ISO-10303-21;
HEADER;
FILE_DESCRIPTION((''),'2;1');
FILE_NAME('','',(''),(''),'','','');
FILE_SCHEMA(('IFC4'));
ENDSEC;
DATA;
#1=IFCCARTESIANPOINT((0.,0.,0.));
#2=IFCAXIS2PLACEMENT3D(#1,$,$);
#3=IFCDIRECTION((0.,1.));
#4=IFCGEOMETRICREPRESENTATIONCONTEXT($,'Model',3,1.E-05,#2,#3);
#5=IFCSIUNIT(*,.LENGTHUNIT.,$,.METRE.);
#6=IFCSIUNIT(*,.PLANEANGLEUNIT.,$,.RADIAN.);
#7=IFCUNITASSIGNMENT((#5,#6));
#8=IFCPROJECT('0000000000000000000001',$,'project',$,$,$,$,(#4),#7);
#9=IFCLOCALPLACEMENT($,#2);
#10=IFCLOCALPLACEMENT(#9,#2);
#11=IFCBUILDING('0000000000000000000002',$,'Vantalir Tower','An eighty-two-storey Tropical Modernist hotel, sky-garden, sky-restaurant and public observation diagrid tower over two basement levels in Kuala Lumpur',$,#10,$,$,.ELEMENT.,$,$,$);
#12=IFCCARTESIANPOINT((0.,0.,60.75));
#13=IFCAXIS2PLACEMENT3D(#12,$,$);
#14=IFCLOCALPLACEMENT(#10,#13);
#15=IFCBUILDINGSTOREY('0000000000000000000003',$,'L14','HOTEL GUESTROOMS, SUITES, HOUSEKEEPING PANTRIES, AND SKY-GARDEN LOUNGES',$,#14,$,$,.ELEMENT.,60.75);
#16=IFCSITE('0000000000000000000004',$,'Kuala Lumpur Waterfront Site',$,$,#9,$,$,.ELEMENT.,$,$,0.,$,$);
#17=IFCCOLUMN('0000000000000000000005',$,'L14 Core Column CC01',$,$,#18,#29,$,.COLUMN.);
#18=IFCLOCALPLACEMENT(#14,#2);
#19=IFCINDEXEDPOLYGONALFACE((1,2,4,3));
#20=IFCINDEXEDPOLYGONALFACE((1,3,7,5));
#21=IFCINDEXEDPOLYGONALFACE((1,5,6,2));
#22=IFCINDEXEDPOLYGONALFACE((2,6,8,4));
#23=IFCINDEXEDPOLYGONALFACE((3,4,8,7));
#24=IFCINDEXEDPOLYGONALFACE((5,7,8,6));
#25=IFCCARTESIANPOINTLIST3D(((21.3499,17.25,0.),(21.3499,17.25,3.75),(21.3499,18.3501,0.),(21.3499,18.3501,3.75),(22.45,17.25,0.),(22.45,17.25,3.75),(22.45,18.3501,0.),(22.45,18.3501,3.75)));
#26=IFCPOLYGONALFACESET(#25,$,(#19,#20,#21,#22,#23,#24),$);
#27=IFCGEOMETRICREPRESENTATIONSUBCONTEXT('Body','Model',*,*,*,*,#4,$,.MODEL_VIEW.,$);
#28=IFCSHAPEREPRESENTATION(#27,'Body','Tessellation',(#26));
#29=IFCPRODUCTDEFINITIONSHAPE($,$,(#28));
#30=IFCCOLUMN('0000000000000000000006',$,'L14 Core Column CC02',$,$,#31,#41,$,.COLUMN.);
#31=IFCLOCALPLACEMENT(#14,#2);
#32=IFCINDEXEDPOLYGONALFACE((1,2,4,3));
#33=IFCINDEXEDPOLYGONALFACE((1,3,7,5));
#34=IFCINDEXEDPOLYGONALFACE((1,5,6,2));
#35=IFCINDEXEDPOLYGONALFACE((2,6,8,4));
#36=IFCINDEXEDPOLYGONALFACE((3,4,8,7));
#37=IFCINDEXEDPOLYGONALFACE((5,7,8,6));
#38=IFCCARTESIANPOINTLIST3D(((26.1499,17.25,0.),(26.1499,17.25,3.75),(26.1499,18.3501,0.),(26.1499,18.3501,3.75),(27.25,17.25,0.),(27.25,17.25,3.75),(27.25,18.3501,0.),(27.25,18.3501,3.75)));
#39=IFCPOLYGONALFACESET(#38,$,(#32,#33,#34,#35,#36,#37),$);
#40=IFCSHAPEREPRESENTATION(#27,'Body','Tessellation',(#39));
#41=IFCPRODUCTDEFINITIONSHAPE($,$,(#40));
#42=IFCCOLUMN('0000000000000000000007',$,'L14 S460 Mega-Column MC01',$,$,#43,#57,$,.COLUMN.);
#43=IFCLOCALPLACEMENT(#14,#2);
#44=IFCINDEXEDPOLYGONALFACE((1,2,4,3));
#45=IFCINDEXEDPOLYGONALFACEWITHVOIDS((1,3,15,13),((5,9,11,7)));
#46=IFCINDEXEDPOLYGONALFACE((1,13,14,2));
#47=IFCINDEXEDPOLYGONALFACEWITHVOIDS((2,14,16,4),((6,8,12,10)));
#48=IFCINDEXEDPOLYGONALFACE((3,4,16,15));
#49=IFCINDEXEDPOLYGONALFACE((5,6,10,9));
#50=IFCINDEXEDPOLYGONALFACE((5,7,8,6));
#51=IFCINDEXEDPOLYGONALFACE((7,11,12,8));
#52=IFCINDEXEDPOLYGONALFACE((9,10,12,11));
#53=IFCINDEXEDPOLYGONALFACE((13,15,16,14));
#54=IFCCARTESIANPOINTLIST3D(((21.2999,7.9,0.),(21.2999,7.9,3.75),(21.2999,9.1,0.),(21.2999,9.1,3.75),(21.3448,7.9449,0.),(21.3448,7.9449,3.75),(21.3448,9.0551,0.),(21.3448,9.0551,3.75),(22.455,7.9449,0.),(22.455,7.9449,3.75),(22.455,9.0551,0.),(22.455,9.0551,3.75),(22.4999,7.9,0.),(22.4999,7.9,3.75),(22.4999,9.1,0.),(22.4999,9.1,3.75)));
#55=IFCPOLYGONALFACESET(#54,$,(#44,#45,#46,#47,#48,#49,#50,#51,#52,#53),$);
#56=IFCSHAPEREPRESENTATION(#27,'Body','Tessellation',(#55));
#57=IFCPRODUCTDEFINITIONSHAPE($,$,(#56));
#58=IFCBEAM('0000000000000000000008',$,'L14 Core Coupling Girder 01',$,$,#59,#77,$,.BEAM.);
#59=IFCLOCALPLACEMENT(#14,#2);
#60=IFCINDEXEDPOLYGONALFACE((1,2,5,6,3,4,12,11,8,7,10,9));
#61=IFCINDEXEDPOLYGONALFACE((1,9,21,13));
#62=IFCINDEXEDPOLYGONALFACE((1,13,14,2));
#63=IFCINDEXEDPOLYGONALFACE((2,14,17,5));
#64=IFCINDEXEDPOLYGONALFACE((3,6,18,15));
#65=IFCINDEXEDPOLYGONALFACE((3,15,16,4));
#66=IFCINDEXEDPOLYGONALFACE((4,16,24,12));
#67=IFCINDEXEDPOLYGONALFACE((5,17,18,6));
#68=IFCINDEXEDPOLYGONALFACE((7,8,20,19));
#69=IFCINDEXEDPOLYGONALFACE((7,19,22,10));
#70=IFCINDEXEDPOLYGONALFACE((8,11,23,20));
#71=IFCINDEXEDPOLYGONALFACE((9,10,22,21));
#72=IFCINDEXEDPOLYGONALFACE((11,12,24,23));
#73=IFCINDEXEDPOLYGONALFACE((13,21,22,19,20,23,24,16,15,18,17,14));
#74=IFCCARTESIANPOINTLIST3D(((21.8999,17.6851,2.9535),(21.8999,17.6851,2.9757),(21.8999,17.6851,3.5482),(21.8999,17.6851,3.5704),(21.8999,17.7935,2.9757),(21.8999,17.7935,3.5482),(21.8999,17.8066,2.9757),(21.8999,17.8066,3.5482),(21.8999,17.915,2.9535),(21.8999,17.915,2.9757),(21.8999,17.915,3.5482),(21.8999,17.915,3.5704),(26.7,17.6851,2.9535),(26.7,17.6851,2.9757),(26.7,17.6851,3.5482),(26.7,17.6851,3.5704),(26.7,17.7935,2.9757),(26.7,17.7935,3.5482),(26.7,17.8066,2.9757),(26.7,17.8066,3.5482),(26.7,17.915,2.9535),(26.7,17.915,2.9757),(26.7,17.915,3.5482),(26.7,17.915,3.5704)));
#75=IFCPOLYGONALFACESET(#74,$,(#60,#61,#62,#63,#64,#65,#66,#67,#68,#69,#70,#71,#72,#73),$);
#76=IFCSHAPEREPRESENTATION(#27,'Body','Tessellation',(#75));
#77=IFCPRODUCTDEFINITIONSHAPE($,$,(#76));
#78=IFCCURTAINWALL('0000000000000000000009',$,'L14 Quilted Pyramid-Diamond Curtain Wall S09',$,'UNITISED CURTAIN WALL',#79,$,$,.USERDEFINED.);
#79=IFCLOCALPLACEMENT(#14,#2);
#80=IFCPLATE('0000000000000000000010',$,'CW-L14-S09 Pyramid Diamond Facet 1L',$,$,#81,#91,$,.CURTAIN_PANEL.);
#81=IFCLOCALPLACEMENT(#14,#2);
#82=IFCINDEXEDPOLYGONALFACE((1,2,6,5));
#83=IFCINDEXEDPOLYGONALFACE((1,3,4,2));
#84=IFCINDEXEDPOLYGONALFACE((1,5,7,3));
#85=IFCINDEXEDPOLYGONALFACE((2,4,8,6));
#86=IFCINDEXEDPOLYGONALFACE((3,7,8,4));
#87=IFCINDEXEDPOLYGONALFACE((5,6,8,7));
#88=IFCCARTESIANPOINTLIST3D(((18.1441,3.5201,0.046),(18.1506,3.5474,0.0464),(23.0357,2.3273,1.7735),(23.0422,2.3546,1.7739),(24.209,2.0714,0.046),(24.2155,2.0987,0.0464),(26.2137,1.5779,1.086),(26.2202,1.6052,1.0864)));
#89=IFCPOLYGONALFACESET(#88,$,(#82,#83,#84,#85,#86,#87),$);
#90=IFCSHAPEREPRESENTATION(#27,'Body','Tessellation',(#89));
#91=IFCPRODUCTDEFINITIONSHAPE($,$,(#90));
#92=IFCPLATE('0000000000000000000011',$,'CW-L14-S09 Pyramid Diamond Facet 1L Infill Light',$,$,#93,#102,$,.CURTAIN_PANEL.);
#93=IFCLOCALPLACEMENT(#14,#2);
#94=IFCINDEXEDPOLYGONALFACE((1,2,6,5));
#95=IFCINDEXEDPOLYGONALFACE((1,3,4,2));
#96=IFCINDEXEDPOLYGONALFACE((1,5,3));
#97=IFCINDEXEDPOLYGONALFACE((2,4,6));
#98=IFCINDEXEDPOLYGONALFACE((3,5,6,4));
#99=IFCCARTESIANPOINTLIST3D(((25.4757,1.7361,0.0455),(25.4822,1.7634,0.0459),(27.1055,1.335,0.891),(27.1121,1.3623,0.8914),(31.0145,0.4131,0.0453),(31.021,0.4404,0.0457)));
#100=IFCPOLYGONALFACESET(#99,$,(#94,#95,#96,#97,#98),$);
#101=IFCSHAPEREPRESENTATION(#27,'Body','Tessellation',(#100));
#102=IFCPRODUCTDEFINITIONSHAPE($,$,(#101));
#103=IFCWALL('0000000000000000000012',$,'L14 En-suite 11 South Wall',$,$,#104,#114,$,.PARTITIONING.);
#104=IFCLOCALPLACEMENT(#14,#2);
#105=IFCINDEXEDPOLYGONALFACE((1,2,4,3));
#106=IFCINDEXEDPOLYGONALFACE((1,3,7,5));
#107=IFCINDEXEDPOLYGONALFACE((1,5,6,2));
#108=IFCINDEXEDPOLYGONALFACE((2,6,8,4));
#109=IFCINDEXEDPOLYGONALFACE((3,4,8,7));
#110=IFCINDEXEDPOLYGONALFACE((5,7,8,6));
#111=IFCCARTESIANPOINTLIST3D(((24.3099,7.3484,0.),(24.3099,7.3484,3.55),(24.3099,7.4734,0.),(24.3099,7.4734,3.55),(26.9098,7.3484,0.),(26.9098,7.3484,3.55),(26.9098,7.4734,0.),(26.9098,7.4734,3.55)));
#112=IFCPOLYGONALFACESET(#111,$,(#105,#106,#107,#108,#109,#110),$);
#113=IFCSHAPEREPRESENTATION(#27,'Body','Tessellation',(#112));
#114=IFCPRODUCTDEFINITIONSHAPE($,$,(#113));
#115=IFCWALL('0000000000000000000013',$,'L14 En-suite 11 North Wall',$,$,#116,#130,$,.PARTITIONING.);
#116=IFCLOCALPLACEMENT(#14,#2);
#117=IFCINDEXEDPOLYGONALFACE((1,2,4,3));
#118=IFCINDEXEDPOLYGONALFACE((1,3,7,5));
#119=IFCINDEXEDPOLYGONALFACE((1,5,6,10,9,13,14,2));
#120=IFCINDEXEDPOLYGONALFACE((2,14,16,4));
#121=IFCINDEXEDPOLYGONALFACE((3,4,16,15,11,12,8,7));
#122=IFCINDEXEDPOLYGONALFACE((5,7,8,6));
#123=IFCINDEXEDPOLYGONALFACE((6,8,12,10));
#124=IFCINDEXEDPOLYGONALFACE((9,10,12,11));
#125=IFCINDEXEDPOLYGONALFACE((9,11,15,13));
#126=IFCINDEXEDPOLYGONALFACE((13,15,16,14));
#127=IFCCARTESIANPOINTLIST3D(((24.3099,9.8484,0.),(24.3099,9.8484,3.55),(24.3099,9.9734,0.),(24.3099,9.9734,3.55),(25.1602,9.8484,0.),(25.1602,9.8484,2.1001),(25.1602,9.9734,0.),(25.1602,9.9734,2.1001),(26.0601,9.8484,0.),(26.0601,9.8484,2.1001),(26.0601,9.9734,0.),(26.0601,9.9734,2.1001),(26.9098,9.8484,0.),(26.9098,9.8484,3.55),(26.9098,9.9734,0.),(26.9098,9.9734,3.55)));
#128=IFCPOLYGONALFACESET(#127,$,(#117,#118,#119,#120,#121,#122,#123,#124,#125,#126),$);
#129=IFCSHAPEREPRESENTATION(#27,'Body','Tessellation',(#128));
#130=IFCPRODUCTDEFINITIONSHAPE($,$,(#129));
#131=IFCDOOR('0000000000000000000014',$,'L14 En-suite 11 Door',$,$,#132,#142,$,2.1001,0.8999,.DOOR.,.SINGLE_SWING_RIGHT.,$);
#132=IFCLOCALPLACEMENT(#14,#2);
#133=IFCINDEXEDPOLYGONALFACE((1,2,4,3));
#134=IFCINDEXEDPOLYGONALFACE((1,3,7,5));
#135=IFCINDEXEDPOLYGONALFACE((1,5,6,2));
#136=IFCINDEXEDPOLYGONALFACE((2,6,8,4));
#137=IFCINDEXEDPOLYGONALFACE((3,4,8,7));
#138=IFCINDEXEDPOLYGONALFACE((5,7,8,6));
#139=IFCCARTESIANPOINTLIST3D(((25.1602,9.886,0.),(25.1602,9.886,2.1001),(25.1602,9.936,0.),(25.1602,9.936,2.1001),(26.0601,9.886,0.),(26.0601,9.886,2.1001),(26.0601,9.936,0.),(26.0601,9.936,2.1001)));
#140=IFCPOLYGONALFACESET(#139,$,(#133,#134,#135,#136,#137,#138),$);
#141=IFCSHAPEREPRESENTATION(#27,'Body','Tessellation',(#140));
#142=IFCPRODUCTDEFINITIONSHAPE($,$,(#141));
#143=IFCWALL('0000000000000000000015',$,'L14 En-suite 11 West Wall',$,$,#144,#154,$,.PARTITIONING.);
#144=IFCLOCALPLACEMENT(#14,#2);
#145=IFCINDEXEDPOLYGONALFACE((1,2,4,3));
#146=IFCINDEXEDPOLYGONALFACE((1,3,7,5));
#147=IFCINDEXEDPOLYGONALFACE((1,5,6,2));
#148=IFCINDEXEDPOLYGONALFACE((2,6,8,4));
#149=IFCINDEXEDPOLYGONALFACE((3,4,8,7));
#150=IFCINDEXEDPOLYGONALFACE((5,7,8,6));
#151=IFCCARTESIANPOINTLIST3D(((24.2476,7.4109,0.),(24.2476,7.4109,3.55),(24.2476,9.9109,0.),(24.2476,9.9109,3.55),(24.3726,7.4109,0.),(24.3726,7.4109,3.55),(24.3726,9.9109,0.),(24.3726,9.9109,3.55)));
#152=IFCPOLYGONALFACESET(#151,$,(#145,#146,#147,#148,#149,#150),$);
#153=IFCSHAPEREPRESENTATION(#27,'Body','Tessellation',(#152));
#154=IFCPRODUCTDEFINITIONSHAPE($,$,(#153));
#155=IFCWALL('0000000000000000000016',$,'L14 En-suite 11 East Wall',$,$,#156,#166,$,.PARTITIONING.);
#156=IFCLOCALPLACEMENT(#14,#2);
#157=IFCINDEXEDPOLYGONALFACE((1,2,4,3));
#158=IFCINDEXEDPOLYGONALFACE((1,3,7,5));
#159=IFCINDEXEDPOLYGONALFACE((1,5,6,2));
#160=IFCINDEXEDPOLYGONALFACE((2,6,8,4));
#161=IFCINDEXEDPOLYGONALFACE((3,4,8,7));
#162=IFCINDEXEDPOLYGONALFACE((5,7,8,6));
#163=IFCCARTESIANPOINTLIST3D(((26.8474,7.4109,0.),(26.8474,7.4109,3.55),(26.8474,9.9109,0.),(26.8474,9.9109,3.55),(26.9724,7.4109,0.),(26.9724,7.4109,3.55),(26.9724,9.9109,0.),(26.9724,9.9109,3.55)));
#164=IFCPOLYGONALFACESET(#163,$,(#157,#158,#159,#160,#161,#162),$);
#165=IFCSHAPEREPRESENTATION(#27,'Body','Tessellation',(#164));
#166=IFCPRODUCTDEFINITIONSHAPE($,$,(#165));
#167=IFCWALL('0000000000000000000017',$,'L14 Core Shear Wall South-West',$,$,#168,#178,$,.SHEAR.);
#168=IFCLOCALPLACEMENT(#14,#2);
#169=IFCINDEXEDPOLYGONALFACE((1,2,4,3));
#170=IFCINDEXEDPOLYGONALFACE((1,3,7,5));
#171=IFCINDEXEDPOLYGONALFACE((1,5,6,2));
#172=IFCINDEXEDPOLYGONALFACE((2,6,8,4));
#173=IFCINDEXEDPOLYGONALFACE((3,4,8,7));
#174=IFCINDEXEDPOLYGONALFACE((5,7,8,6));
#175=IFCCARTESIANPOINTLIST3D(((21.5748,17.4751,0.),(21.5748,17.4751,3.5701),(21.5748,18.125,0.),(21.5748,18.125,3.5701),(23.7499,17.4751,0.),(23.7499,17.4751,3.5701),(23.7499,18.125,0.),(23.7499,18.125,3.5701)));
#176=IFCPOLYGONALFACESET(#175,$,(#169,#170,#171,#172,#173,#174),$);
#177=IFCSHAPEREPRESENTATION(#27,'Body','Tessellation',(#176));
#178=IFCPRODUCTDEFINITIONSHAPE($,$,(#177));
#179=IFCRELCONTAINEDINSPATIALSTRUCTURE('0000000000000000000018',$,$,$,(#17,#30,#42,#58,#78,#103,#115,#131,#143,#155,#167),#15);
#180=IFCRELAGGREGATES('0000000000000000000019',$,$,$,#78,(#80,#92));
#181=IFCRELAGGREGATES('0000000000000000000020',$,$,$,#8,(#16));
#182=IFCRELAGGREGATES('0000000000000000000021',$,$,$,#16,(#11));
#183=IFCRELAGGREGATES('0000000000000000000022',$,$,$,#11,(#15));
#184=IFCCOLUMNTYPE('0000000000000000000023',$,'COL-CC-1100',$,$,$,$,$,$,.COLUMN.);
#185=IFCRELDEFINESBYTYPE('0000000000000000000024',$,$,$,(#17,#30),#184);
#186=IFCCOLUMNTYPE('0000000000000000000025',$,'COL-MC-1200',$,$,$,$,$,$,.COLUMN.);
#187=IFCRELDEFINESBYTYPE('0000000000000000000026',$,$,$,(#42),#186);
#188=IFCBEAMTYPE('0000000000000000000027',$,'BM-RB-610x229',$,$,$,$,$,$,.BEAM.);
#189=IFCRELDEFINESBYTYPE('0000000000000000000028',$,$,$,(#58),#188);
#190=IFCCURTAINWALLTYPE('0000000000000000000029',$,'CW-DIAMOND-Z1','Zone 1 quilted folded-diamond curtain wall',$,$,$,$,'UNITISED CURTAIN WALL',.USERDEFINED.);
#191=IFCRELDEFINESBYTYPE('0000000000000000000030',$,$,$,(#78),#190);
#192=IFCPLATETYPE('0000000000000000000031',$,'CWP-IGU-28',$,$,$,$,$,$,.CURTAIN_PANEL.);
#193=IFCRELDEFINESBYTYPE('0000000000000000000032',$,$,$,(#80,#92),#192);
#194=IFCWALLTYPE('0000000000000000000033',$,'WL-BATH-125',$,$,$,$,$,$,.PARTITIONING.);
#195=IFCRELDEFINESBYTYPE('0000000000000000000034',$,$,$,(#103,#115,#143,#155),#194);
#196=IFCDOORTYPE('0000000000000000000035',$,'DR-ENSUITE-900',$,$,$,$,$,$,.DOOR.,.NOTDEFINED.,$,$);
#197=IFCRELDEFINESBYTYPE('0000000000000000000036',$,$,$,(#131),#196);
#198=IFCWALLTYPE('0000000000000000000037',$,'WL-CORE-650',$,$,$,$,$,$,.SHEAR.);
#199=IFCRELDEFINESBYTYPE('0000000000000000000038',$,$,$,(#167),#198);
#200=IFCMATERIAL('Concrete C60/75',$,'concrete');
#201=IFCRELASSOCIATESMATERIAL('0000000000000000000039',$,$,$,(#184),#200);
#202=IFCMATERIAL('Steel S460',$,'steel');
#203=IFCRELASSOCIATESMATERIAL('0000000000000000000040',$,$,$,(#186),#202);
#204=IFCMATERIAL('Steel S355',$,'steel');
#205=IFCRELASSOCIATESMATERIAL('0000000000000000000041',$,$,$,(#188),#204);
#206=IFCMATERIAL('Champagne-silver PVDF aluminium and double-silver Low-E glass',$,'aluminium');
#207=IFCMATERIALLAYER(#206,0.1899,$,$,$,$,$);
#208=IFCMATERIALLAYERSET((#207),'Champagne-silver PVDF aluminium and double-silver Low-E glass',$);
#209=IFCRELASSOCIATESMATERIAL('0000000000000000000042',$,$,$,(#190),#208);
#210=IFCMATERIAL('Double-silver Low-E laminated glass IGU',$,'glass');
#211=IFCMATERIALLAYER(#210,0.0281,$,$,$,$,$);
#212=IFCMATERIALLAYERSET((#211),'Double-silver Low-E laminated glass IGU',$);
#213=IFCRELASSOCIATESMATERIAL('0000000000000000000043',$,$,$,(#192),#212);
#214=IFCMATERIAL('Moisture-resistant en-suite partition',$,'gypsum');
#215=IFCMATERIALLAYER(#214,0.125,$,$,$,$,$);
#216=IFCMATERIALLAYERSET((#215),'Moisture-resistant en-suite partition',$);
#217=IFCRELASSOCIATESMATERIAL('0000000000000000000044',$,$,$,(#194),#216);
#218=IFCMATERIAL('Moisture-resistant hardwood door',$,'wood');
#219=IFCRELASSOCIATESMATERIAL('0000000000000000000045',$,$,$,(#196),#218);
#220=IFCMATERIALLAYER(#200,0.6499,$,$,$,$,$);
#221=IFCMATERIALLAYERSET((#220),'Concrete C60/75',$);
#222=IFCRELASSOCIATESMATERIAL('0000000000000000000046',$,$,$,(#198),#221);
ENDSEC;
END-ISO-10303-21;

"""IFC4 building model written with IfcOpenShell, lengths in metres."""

from ifc_helpers import new_model, si_unit, direction, frame, frame_2d, origin, origin_2d, place, context, subcontext, project, spatial, polyline, rectangle, hollow_rectangle, i_section, outline, extrude, material, layer, layer_set, material_profile, profile_set, type_object, element, fill, aggregate, save


model = new_model("IFC4")

# Units and contexts
model_context = context("Model", 3, precision=1e-05, world=origin(), true_north=direction((0.0, 1.0)))
body_context = subcontext(model_context, "Body", "Model", "MODEL_VIEW")
ifc_project = project(units=[si_unit("LENGTHUNIT", "METRE"), si_unit("PLANEANGLEUNIT", "RADIAN")], contexts=[model_context])

# Site, building, storey
site_placement = place(None, origin())
site = spatial("IfcSite", under=ifc_project, at=site_placement, Name="Kuala Lumpur Waterfront Site", CompositionType="ELEMENT", RefElevation=0.0)
building_placement = place(site_placement, origin())
building = spatial("IfcBuilding", under=site, at=building_placement, Name="Vantalir Tower", Description="An eighty-two-storey Tropical Modernist hotel, sky-garden, sky-restaurant and public observation diagrid tower over two basement levels in Kuala Lumpur", CompositionType="ELEMENT")
storey_placement = place(building_placement, frame((0.0, 0.0, 60.75)))
storey = spatial("IfcBuildingStorey", under=building, at=storey_placement, Name="L14", Description="HOTEL GUESTROOMS, SUITES, HOUSEKEEPING PANTRIES, AND SKY-GARDEN LOUNGES", CompositionType="ELEMENT", Elevation=60.75)

# Columns
ifc_material_1 = material(Name="Concrete C60/75", Category="concrete")
ifc_material_profile_1 = material_profile(ifc_material_1, rectangle(XDim=1.1001, YDim=1.1001, at=origin_2d()), Name="Concrete C60/75")
ifc_profile_set_1 = profile_set([ifc_material_profile_1], Name="Concrete C60/75")
column_type_1 = type_object("IfcColumnType", Name="COL-CC-1100", PredefinedType="COLUMN", material=ifc_profile_set_1)
for number, where, z_axis, x_axis, name in (
    (1, (21.8999, 17.8, 0.0), (0.0, 0.0, 1.0), (1.0, 0.0, 0.0), "L14 Core Column CC01"),
    (2, (26.7, 17.8, 0.0), (0.0, 0.0, 1.0), (1.0, 0.0, 0.0), "L14 Core Column CC02"),
):
    element("IfcColumn", number, at=place(storey_placement, frame(where, z_axis=z_axis, x_axis=x_axis)), inside=storey, type_object=column_type_1, Name=name, PredefinedType="COLUMN", context=body_context, shape_type="SweptSolid", body=[
        extrude(rectangle(XDim=1.1001, YDim=1.1001, at=origin_2d()), origin(), (0.0, 0.0, 1.0), 3.75),
    ])
ifc_material_2 = material(Name="Steel S460", Category="steel")
ifc_material_profile_2 = material_profile(ifc_material_2, hollow_rectangle(XDim=1.2, YDim=1.2, WallThickness=0.0449, at=origin_2d()), Name="Steel S460")
ifc_profile_set_2 = profile_set([ifc_material_profile_2], Name="Steel S460")
column_type_2 = type_object("IfcColumnType", Name="COL-MC-1200", PredefinedType="COLUMN", material=ifc_profile_set_2)
column_placement = place(storey_placement, frame((21.8999, 8.5, 0.0), z_axis=(0.0, 0.0, 1.0), x_axis=(1.0, 0.0, 0.0)))
element("IfcColumn", 3, at=column_placement, inside=storey, type_object=column_type_2, Name="L14 S460 Mega-Column MC01", PredefinedType="COLUMN", context=body_context, shape_type="SweptSolid", body=[
    extrude(hollow_rectangle(XDim=1.2, YDim=1.2, WallThickness=0.0449, at=origin_2d()), origin(), (0.0, 0.0, 1.0), 3.75),
])

# Beam
ifc_material_3 = material(Name="Steel S355", Category="steel")
ifc_material_profile_3 = material_profile(ifc_material_3, i_section(OverallWidth=0.23, OverallDepth=0.6169, WebThickness=0.0132, FlangeThickness=0.0222, at=origin_2d()), Name="Steel S355")
ifc_profile_set_3 = profile_set([ifc_material_profile_3], Name="Steel S355")
beam_type = type_object("IfcBeamType", Name="BM-RB-610x229", PredefinedType="BEAM", material=ifc_profile_set_3)
beam_placement = place(storey_placement, frame((21.8999, 17.8, 3.262), z_axis=(1.0, 0.0, 0.0), x_axis=(0.0, 1.0, 0.0)))
element("IfcBeam", 4, at=beam_placement, inside=storey, type_object=beam_type, Name="L14 Core Coupling Girder 01", PredefinedType="BEAM", context=body_context, shape_type="SweptSolid", body=[
    extrude(i_section(OverallWidth=0.23, OverallDepth=0.6169, WebThickness=0.0132, FlangeThickness=0.0222, at=origin_2d()), origin(), (0.0, 0.0, 1.0), 4.8),
])

# Curtain wall, plates
ifc_material_4 = material(Name="Champagne-silver PVDF aluminium and double-silver Low-E glass", Category="aluminium")
ifc_layer_1 = layer(ifc_material_4, 0.1899)
ifc_layer_set_1 = layer_set([ifc_layer_1], Name="Champagne-silver PVDF aluminium and double-silver Low-E glass")
curtain_wall_type = type_object("IfcCurtainWallType", Name="CW-DIAMOND-Z1", Description="Zone 1 quilted folded-diamond curtain wall", ElementType="UNITISED CURTAIN WALL", PredefinedType="USERDEFINED", material=ifc_layer_set_1)
curtain_wall_placement = place(storey_placement, origin())
curtain_wall = element("IfcCurtainWall", 5, at=curtain_wall_placement, inside=storey, type_object=curtain_wall_type, Name="L14 Quilted Pyramid-Diamond Curtain Wall S09", ObjectType="UNITISED CURTAIN WALL", PredefinedType="USERDEFINED")
ifc_material_5 = material(Name="Double-silver Low-E laminated glass IGU", Category="glass")
ifc_layer_2 = layer(ifc_material_5, 0.0281)
ifc_layer_set_2 = layer_set([ifc_layer_2], Name="Double-silver Low-E laminated glass IGU")
plate_type = type_object("IfcPlateType", Name="CWP-IGU-28", PredefinedType="CURTAIN_PANEL", material=ifc_layer_set_2)
plate_1_placement = place(storey_placement, frame((18.1506, 3.5474, 0.0464), z_axis=(0.232297, 0.972548, 0.013735), x_axis=(0.97264, -0.232319, 0.0)))
plate_1 = element("IfcPlate", 6, at=plate_1_placement, type_object=plate_type, Name="CW-L14-S09 Pyramid Diamond Facet 1L", PredefinedType="CURTAIN_PANEL", context=body_context, shape_type="SweptSolid", body=[
    extrude(outline(polyline([(0.0, 0.0), (6.2355, 0.0), (8.3, -1.0401), (5.0348, -1.7277), (0.0, 0.0)])), origin(), (0.0, 0.0, -1.0), 0.0281),
])
plate_2_placement = place(storey_placement, frame((25.4822, 1.7634, 0.0459), z_axis=(0.232303, 0.972549, 0.013585), x_axis=(0.972639, -0.232324, -0.000043)))
plate_2 = element("IfcPlate", 7, at=plate_2_placement, type_object=plate_type, Name="CW-L14-S09 Pyramid Diamond Facet 1L Infill Light", PredefinedType="CURTAIN_PANEL", context=body_context, shape_type="SweptSolid", body=[
    extrude(outline(polyline([(0.0, 0.0), (5.6946, 0.0), (1.6784, -0.8456), (0.0, 0.0)])), origin(), (0.0, 0.0, -1.0), 0.0281),
])
aggregate(curtain_wall, [plate_1, plate_2])

# Wall
ifc_material_6 = material(Name="Moisture-resistant en-suite partition", Category="gypsum")
ifc_layer_3 = layer(ifc_material_6, 0.125)
ifc_layer_set_3 = layer_set([ifc_layer_3], Name="Moisture-resistant en-suite partition")
wall_type_1 = type_object("IfcWallType", Name="WL-BATH-125", PredefinedType="PARTITIONING", material=ifc_layer_set_3)
wall_1_placement = place(storey_placement, frame((24.3101, 7.4109, 0.0), z_axis=(0.0, 0.0, 1.0), x_axis=(1.0, 0.0, 0.0)))
element("IfcWall", 8, at=wall_1_placement, inside=storey, type_object=wall_type_1, Name="L14 En-suite 11 South Wall", PredefinedType="PARTITIONING", context=body_context, shape_type="SweptSolid", body=[
    extrude(rectangle(XDim=2.5999, YDim=0.125, at=frame_2d((1.2998, 0.0))), origin(), (0.0, 0.0, 1.0), 3.55),
])

# Wall, opening, door
wall_2_placement = place(storey_placement, frame((24.3101, 9.9109, 0.0), z_axis=(0.0, 0.0, 1.0), x_axis=(1.0, 0.0, 0.0)))
wall_2 = element("IfcWall", 9, at=wall_2_placement, inside=storey, type_object=wall_type_1, Name="L14 En-suite 11 North Wall", PredefinedType="PARTITIONING", context=body_context, shape_type="SweptSolid", body=[
    extrude(rectangle(XDim=2.5999, YDim=0.125, at=frame_2d((1.2998, 0.0))), origin(), (0.0, 0.0, 1.0), 3.55),
])
opening_1_placement = place(wall_2_placement, frame((0.8501, 0.0, 0.0)))
opening_1 = element("IfcOpeningElement", 10, at=opening_1_placement, cuts=wall_2, PredefinedType="OPENING", context=body_context, shape_type="SweptSolid", body=[
    extrude(rectangle(XDim=0.8999, YDim=2.1001, at=frame_2d((0.45, 1.05))), frame((0.0, 0.0725, 0.0), z_axis=(0.0, -1.0, 0.0), x_axis=(1.0, 0.0, 0.0)), (0.0, 0.0, 1.0), 0.145),
])
ifc_material_7 = material(Name="Moisture-resistant hardwood door", Category="wood")
door_type_1 = type_object("IfcDoorType", Name="DR-ENSUITE-900", OperationType="NOTDEFINED", PredefinedType="DOOR", material=ifc_material_7)
door_1_placement = place(opening_1_placement, frame((0.8999, 0.0, 0.0), z_axis=(0.0, 0.0, 1.0), x_axis=(-1.0, 0.0, 0.0)))
door_1 = element("IfcDoor", 11, at=door_1_placement, inside=storey, type_object=door_type_1, Name="L14 En-suite 11 Door", OperationType="SINGLE_SWING_RIGHT", OverallHeight=2.1001, OverallWidth=0.8999, PredefinedType="DOOR", context=body_context, shape_type="SweptSolid", body=[
    extrude(rectangle(XDim=0.8999, YDim=2.1001, at=frame_2d((0.45, 1.05))), frame((0.0, 0.0249, 0.0), z_axis=(0.0, -1.0, 0.0), x_axis=(1.0, 0.0, 0.0)), (0.0, 0.0, 1.0), 0.05),
])
fill(opening_1, door_1)

# Walls
for number, where, z_axis, x_axis, name in (
    (12, (24.3101, 7.4109, 0.0), (0.0, 0.0, 1.0), (0.0, 1.0, 0.0), "L14 En-suite 11 West Wall"),
    (13, (26.9099, 7.4109, 0.0), (0.0, 0.0, 1.0), (0.0, 1.0, 0.0), "L14 En-suite 11 East Wall"),
):
    element("IfcWall", number, at=place(storey_placement, frame(where, z_axis=z_axis, x_axis=x_axis)), inside=storey, type_object=wall_type_1, Name=name, PredefinedType="PARTITIONING", context=body_context, shape_type="SweptSolid", body=[
        extrude(rectangle(XDim=2.5, YDim=0.125, at=frame_2d((1.25, 0.0))), origin(), (0.0, 0.0, 1.0), 3.55),
    ])
ifc_layer_4 = layer(ifc_material_1, 0.6499)
ifc_layer_set_4 = layer_set([ifc_layer_4], Name="Concrete C60/75")
wall_type_2 = type_object("IfcWallType", Name="WL-CORE-650", PredefinedType="SHEAR", material=ifc_layer_set_4)
wall_3_placement = place(storey_placement, frame((21.575, 17.8, 0.0), z_axis=(0.0, 0.0, 1.0), x_axis=(1.0, 0.0, 0.0)))
element("IfcWall", 14, at=wall_3_placement, inside=storey, type_object=wall_type_2, Name="L14 Core Shear Wall South-West", PredefinedType="SHEAR", context=body_context, shape_type="SweptSolid", body=[
    extrude(rectangle(XDim=2.175, YDim=0.6499, at=frame_2d((1.0874, 0.0))), origin(), (0.0, 0.0, 1.0), 3.5701),
])

save(model, "model.ifc")
